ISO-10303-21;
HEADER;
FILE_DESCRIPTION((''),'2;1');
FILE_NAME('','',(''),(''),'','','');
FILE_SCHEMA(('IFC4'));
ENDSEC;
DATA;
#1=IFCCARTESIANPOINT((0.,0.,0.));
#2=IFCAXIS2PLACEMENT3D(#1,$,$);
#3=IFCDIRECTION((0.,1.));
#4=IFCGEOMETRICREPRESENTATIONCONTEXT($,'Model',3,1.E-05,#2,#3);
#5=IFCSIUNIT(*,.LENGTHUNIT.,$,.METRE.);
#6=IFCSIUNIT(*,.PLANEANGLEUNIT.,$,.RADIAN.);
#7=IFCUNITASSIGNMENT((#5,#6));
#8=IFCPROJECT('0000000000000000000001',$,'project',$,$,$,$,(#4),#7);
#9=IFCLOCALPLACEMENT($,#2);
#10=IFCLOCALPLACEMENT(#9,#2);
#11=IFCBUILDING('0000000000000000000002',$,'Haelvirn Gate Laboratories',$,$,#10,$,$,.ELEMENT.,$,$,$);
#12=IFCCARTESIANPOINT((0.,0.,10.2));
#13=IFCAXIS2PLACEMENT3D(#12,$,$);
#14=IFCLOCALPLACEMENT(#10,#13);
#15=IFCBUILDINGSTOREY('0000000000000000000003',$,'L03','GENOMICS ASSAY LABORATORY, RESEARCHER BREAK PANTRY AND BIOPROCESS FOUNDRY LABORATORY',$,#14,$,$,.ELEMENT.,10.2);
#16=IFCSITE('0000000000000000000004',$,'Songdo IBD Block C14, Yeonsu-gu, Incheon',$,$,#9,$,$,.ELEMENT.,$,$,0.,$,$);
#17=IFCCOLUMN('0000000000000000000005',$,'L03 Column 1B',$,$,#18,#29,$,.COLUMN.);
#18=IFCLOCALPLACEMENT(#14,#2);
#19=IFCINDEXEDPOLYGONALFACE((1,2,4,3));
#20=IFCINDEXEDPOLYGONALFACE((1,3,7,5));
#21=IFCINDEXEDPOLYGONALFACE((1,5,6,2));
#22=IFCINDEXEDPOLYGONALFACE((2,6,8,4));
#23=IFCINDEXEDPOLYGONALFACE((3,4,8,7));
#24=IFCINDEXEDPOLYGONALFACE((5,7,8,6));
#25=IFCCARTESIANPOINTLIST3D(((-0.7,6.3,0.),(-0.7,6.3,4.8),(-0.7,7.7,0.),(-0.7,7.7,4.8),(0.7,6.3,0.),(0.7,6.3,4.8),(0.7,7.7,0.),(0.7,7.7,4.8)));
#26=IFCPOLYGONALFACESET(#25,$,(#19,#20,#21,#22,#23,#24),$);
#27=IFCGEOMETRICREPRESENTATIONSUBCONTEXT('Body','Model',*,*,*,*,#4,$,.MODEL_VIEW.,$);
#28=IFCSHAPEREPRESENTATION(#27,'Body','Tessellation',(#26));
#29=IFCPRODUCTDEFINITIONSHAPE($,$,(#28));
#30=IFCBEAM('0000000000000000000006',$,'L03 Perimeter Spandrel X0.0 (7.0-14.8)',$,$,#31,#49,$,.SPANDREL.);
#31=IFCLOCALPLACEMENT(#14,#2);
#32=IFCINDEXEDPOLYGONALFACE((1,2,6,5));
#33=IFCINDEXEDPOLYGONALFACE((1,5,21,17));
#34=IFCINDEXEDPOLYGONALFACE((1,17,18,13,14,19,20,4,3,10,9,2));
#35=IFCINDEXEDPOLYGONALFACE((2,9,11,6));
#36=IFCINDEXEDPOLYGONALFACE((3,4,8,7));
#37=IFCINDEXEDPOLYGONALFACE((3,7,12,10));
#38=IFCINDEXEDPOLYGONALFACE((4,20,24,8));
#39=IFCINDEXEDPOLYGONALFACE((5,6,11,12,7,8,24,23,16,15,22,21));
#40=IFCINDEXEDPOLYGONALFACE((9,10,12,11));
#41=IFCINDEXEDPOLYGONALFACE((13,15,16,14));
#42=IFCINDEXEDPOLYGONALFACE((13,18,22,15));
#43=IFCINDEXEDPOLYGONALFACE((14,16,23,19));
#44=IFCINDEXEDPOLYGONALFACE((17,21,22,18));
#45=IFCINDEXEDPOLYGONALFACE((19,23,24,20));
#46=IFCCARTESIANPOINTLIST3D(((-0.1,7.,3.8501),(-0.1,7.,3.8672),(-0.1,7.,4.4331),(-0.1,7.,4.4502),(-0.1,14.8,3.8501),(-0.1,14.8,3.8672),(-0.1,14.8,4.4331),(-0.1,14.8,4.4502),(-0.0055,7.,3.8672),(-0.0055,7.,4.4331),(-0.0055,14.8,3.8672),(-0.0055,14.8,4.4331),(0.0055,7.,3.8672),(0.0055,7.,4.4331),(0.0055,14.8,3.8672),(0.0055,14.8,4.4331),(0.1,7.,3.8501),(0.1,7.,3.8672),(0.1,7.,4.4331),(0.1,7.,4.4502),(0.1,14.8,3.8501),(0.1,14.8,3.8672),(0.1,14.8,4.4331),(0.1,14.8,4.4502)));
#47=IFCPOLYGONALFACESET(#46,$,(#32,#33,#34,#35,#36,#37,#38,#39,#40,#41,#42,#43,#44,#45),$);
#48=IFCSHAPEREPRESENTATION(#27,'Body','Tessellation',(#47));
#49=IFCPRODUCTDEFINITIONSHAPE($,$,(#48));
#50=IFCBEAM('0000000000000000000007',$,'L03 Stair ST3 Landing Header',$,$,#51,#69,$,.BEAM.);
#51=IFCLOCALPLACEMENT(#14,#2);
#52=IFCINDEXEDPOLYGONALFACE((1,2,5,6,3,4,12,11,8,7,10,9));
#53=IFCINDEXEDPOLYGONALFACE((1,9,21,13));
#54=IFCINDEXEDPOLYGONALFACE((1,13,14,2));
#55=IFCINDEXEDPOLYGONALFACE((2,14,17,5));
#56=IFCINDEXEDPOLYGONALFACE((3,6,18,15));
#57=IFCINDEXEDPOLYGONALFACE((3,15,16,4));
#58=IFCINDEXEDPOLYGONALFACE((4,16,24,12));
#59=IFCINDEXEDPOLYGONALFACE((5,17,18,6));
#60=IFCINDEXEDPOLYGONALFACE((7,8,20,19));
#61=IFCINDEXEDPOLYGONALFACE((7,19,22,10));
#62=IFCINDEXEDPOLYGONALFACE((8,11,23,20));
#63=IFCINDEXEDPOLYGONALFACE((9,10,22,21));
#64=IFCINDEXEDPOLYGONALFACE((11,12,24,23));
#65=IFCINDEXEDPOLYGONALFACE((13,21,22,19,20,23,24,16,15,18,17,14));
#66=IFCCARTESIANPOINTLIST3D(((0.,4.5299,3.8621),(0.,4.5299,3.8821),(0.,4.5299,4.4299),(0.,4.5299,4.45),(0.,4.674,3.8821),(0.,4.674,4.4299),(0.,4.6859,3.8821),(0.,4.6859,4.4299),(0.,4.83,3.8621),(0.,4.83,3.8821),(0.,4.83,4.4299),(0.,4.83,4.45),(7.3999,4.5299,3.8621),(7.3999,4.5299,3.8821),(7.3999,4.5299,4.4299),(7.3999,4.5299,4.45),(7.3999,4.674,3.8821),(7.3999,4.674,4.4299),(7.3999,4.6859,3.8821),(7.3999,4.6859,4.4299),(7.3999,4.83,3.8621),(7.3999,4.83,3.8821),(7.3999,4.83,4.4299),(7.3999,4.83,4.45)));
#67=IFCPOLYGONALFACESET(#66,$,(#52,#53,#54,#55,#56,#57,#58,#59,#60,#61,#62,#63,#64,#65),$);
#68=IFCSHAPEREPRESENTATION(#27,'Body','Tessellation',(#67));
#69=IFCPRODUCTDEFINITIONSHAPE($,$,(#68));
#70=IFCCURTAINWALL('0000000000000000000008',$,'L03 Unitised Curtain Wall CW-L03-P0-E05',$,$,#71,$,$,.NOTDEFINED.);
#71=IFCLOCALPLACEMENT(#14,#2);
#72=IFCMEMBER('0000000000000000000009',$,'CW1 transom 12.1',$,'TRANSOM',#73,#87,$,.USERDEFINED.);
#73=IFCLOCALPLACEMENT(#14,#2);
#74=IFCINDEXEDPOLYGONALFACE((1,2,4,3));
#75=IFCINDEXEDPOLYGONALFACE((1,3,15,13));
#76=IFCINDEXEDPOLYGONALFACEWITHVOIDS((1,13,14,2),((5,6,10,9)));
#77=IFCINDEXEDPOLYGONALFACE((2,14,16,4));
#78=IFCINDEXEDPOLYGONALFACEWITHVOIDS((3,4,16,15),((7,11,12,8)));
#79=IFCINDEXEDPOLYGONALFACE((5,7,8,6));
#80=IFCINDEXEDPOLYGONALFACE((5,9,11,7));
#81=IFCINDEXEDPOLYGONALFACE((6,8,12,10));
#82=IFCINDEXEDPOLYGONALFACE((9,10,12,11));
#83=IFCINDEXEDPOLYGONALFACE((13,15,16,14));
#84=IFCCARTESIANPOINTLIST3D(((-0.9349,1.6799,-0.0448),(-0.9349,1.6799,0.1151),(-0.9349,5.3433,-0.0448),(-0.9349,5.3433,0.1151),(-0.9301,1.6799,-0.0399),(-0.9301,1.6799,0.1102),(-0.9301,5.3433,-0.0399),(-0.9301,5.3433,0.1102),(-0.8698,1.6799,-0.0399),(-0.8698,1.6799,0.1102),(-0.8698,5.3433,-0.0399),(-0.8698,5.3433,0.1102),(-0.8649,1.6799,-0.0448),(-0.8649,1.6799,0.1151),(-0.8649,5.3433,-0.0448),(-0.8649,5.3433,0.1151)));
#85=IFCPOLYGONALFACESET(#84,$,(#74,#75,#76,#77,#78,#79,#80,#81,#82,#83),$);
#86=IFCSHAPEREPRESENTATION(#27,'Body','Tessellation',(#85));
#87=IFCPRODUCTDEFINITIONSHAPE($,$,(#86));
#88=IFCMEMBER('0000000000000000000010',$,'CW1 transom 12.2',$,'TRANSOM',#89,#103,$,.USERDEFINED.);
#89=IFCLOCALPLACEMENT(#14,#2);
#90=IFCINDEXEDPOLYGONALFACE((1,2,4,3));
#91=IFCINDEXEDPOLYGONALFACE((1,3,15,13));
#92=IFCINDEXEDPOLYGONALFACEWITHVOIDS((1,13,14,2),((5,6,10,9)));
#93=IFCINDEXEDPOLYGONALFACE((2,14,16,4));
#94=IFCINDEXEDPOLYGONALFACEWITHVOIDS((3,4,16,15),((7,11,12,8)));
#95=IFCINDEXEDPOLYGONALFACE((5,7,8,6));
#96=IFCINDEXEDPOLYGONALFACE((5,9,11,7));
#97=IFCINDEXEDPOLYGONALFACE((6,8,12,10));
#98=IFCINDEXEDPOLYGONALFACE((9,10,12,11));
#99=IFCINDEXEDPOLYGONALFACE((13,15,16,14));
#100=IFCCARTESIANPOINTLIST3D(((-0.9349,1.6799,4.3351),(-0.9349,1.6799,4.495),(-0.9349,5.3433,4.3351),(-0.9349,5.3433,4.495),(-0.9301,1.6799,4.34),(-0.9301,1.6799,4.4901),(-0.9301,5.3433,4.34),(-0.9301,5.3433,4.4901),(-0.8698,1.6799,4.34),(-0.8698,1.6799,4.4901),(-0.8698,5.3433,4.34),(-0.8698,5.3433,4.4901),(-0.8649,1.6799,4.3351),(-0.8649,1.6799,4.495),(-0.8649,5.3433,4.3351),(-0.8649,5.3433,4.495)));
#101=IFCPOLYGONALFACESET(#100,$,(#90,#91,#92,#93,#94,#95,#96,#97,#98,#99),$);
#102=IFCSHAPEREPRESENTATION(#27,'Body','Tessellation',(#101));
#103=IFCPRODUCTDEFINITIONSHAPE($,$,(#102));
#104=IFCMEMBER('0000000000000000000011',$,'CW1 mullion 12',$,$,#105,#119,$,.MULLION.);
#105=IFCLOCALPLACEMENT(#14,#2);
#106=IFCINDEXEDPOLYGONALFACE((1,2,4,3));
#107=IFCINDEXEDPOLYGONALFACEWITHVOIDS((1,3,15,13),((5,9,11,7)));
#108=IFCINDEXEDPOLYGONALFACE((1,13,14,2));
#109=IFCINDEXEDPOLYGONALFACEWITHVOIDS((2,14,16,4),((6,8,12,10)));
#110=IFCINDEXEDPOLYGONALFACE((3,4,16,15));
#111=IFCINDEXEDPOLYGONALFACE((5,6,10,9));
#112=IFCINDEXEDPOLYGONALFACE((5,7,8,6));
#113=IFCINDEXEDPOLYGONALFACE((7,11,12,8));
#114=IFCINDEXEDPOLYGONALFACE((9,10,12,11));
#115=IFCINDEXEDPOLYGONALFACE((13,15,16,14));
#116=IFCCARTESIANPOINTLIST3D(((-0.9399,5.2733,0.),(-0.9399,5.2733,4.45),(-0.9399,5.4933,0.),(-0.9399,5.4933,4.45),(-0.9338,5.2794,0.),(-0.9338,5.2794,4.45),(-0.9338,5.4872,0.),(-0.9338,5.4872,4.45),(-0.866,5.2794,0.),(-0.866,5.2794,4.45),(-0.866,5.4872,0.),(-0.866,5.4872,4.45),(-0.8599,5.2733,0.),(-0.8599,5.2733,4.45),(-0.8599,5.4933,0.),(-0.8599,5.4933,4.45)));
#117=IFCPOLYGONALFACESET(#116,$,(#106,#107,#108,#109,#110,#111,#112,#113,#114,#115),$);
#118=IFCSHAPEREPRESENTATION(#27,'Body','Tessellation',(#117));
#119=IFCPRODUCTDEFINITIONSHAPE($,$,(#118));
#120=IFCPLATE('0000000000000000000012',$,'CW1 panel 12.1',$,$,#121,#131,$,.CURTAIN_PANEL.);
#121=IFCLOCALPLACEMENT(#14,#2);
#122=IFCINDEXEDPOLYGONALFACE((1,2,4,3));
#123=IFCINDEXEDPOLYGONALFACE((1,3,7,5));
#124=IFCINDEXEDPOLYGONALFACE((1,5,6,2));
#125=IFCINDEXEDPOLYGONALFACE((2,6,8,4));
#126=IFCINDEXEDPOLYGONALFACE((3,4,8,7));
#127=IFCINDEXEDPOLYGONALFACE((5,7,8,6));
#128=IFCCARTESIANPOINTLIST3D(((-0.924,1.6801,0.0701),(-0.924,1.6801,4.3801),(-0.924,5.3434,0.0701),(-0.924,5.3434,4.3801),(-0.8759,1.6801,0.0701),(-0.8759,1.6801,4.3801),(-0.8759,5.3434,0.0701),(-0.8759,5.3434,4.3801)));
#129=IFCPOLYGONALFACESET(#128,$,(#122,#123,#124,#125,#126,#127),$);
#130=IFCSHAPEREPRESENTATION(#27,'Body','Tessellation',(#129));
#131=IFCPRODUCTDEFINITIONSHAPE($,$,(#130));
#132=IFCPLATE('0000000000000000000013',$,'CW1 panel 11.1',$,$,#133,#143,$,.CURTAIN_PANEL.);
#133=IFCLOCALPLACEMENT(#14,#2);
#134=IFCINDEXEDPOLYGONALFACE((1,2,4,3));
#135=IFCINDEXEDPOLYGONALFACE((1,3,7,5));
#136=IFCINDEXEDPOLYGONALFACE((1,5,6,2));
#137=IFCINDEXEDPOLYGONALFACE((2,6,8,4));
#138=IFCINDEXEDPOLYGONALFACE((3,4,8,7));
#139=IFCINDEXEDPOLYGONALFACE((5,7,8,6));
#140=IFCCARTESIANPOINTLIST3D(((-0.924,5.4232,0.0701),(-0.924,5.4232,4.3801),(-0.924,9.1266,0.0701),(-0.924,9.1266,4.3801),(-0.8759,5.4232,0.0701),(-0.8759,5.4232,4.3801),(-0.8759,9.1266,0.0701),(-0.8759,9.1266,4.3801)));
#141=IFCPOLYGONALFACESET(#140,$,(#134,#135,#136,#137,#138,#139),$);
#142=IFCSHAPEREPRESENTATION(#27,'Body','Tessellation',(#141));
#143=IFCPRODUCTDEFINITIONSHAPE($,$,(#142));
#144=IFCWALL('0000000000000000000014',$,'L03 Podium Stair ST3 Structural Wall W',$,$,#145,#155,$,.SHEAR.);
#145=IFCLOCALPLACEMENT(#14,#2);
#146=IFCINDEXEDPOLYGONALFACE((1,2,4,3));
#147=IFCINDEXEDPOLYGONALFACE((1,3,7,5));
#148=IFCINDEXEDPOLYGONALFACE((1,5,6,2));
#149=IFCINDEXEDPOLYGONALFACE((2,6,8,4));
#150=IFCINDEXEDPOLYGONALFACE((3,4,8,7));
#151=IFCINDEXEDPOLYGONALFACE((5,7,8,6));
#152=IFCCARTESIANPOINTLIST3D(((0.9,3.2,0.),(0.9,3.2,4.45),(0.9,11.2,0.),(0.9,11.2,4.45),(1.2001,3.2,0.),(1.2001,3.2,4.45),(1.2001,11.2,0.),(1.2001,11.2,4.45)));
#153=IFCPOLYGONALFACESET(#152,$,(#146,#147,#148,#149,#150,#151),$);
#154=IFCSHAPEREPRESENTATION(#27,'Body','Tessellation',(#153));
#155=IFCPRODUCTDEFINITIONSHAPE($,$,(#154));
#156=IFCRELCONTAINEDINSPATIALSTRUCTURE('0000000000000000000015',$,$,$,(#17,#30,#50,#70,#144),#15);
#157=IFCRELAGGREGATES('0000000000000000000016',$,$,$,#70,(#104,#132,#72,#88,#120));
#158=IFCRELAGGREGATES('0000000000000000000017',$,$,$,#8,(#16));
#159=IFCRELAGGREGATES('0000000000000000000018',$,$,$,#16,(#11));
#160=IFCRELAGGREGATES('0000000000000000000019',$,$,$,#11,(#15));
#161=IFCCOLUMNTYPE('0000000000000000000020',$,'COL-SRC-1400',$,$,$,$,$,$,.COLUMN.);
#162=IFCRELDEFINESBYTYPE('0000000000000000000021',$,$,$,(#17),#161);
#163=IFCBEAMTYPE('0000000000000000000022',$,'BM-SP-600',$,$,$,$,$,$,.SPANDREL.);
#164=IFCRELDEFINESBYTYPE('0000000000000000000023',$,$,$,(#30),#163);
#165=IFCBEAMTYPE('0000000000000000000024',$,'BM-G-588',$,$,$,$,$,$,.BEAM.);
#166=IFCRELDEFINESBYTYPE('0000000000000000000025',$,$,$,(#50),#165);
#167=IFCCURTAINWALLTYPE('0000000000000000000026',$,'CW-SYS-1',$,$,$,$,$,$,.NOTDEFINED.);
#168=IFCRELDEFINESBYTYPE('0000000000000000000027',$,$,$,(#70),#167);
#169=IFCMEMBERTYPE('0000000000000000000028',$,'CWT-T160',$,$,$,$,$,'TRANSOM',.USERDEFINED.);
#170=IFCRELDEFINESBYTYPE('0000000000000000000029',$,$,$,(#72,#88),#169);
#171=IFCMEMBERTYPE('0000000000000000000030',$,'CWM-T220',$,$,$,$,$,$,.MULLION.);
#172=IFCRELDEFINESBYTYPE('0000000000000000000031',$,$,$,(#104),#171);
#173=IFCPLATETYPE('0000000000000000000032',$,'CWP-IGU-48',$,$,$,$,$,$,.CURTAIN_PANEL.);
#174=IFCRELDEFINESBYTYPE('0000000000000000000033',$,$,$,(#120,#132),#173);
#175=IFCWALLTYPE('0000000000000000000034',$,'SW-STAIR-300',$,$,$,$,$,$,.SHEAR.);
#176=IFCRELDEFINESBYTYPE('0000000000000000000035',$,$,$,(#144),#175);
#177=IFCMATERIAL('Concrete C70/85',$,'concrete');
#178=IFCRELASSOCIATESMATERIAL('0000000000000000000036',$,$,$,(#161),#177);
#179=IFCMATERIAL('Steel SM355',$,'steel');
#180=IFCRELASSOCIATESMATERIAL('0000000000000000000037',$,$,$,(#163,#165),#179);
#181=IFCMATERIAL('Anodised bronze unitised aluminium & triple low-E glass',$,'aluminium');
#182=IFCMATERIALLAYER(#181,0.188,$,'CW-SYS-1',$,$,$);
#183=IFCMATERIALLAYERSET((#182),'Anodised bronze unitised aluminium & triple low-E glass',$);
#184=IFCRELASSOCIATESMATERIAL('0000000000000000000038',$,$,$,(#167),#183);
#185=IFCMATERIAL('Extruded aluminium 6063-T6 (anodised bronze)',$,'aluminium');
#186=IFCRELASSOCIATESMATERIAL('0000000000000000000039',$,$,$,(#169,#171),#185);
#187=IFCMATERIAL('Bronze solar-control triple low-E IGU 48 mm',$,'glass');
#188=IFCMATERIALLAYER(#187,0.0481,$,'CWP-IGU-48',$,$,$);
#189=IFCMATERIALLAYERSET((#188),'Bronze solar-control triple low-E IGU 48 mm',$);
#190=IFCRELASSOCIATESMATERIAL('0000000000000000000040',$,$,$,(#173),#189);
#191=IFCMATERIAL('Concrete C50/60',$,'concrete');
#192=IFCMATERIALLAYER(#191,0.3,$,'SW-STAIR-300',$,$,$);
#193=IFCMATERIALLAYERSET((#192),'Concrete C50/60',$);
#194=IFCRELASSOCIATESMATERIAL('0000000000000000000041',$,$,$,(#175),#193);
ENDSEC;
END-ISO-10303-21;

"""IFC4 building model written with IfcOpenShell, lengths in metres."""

from ifc_helpers import new_model, si_unit, direction, frame, frame_2d, origin, origin_2d, place, context, subcontext, project, spatial, rectangle, hollow_rectangle, i_section, extrude, source, transform, mapped, material, layer, layer_set, material_profile, profile_set, type_object, type_shapes, element, aggregate, save


model = new_model("IFC4")

# Units and contexts
model_context = context("Model", 3, precision=1e-05, world=origin(), true_north=direction((0.0, 1.0)))
body_context = subcontext(model_context, "Body", "Model", "MODEL_VIEW")
ifc_project = project(units=[si_unit("LENGTHUNIT", "METRE"), si_unit("PLANEANGLEUNIT", "RADIAN")], contexts=[model_context])

# Site, building, storey
site_placement = place(None, origin())
site = spatial("IfcSite", under=ifc_project, at=site_placement, Name="Songdo IBD Block C14, Yeonsu-gu, Incheon", CompositionType="ELEMENT", RefElevation=0.0)
building_placement = place(site_placement, origin())
building = spatial("IfcBuilding", under=site, at=building_placement, Name="Haelvirn Gate Laboratories", CompositionType="ELEMENT")
storey_placement = place(building_placement, frame((0.0, 0.0, 10.2)))
storey = spatial("IfcBuildingStorey", under=building, at=storey_placement, Name="L03", Description="GENOMICS ASSAY LABORATORY, RESEARCHER BREAK PANTRY AND BIOPROCESS FOUNDRY LABORATORY", CompositionType="ELEMENT", Elevation=10.2)

# Column
ifc_material_1 = material(Name="Concrete C70/85", Category="concrete")
ifc_material_profile_1 = material_profile(ifc_material_1, rectangle(XDim=1.3999, YDim=1.3999, at=origin_2d()), Name="SRC-1400x1400")
ifc_profile_set_1 = profile_set([ifc_material_profile_1], Name="Concrete C70/85")
column_type = type_object("IfcColumnType", Name="COL-SRC-1400", PredefinedType="COLUMN", material=ifc_profile_set_1)
shared_shape_1 = source(origin(), body_context, "Body", "SweptSolid", [
    extrude(rectangle(XDim=1.3999, YDim=1.3999, at=origin_2d()), origin(), (0.0, 0.0, 1.0), 4.8),
])
type_shapes(column_type, [shared_shape_1])
column_placement = place(storey_placement, frame((0.0, 7.0, 0.0), z_axis=(0.0, 0.0, 1.0), x_axis=(1.0, 0.0, 0.0)))
element("IfcColumn", 1, at=column_placement, inside=storey, type_object=column_type, Name="L03 Column 1B", PredefinedType="COLUMN", context=body_context, shape_type="MappedRepresentation", body=[
    mapped(shared_shape_1, transform((0.0, 0.0, 0.0), scale=1.0)),
])

# Beams
ifc_material_2 = material(Name="Steel SM355", Category="steel")
ifc_material_profile_2 = material_profile(ifc_material_2, i_section(OverallWidth=0.2, OverallDepth=0.6001, WebThickness=0.011, FlangeThickness=0.0171, at=origin_2d()), Name="H-600x200x11x17")
ifc_profile_set_2 = profile_set([ifc_material_profile_2], Name="Steel SM355")
beam_type_1 = type_object("IfcBeamType", Name="BM-SP-600", PredefinedType="SPANDREL", material=ifc_profile_set_2)
shared_shape_2 = source(origin(), body_context, "Body", "SweptSolid", [
    extrude(i_section(OverallWidth=0.2, OverallDepth=0.6001, WebThickness=0.011, FlangeThickness=0.0171, at=origin_2d()), origin(), (0.0, 0.0, 1.0), 7.8),
])
type_shapes(beam_type_1, [shared_shape_2])
beam_1_placement = place(storey_placement, frame((0.0, 7.0, 4.1501), z_axis=(0.0, 1.0, 0.0), x_axis=(-1.0, 0.0, 0.0)))
element("IfcBeam", 2, at=beam_1_placement, inside=storey, type_object=beam_type_1, Name="L03 Perimeter Spandrel X0.0 (7.0-14.8)", PredefinedType="SPANDREL", context=body_context, shape_type="MappedRepresentation", body=[
    mapped(shared_shape_2, transform((0.0, 0.0, 0.0), scale=1.0)),
])
ifc_material_profile_3 = material_profile(ifc_material_2, i_section(OverallWidth=0.3, OverallDepth=0.5879, WebThickness=0.012, FlangeThickness=0.02, at=origin_2d()), Name="H-588x300x12x20")
ifc_profile_set_3 = profile_set([ifc_material_profile_3], Name="Steel SM355")
beam_type_2 = type_object("IfcBeamType", Name="BM-G-588", PredefinedType="BEAM", material=ifc_profile_set_3)
shared_shape_3 = source(origin(), body_context, "Body", "SweptSolid", [
    extrude(i_section(OverallWidth=0.3, OverallDepth=0.5879, WebThickness=0.012, FlangeThickness=0.02, at=origin_2d()), origin(), (0.0, 0.0, 1.0), 7.3999),
])
type_shapes(beam_type_2, [shared_shape_3])
beam_2_placement = place(storey_placement, frame((0.0, 4.6799, 4.156), z_axis=(1.0, 0.0, 0.0), x_axis=(0.0, 1.0, 0.0)))
element("IfcBeam", 3, at=beam_2_placement, inside=storey, type_object=beam_type_2, Name="L03 Stair ST3 Landing Header", PredefinedType="BEAM", context=body_context, shape_type="MappedRepresentation", body=[
    mapped(shared_shape_3, transform((0.0, 0.0, 0.0), scale=1.0)),
])

# Curtain wall, members, plates
ifc_material_3 = material(Name="Anodised bronze unitised aluminium & triple low-E glass", Category="aluminium")
ifc_layer_1 = layer(ifc_material_3, 0.188, Name="CW-SYS-1")
ifc_layer_set_1 = layer_set([ifc_layer_1], Name="Anodised bronze unitised aluminium & triple low-E glass")
curtain_wall_type = type_object("IfcCurtainWallType", Name="CW-SYS-1", PredefinedType="NOTDEFINED", material=ifc_layer_set_1)
curtain_wall_placement = place(storey_placement, origin())
curtain_wall = element("IfcCurtainWall", 4, at=curtain_wall_placement, inside=storey, type_object=curtain_wall_type, Name="L03 Unitised Curtain Wall CW-L03-P0-E05", PredefinedType="NOTDEFINED")
ifc_material_4 = material(Name="Extruded aluminium 6063-T6 (anodised bronze)", Category="aluminium")
ifc_material_profile_4 = material_profile(ifc_material_4, hollow_rectangle(XDim=0.0701, YDim=0.1599, WallThickness=0.0049, at=origin_2d()), Name="CWT-160x70x5")
ifc_profile_set_4 = profile_set([ifc_material_profile_4], Name="Extruded aluminium 6063-T6 (anodised bronze)")
member_type_1 = type_object("IfcMemberType", Name="CWT-T160", ElementType="TRANSOM", PredefinedType="USERDEFINED", material=ifc_profile_set_4)
shared_shape_4 = source(origin(), body_context, "Body", "SweptSolid", [
    extrude(hollow_rectangle(XDim=0.0701, YDim=0.1599, WallThickness=0.0049, at=origin_2d()), origin(), (0.0, 0.0, 1.0), 3.6633),
])
type_shapes(member_type_1, [shared_shape_4])
member_1_placement = place(storey_placement, frame((-0.8999, 5.3433, 0.0352), z_axis=(0.0, -1.0, 0.0), x_axis=(1.0, 0.0, 0.0)))
member_1 = element("IfcMember", 5, at=member_1_placement, type_object=member_type_1, Name="CW1 transom 12.1", ObjectType="TRANSOM", PredefinedType="USERDEFINED", context=body_context, shape_type="MappedRepresentation", body=[
    mapped(shared_shape_4, transform((0.0, 0.0, 0.0), scale=1.0)),
])
member_2_placement = place(storey_placement, frame((-0.8999, 5.3433, 4.415), z_axis=(0.0, -1.0, 0.0), x_axis=(1.0, 0.0, 0.0)))
member_2 = element("IfcMember", 6, at=member_2_placement, type_object=member_type_1, Name="CW1 transom 12.2", ObjectType="TRANSOM", PredefinedType="USERDEFINED", context=body_context, shape_type="MappedRepresentation", body=[
    mapped(shared_shape_4, transform((0.0, 0.0, 0.0), scale=1.0)),
])
ifc_material_profile_5 = material_profile(ifc_material_4, hollow_rectangle(XDim=0.0801, YDim=0.22, WallThickness=0.0061, at=origin_2d()), Name="CWM-220x80x6")
ifc_profile_set_5 = profile_set([ifc_material_profile_5], Name="Extruded aluminium 6063-T6 (anodised bronze)")
member_type_2 = type_object("IfcMemberType", Name="CWM-T220", PredefinedType="MULLION", material=ifc_profile_set_5)
shared_shape_5 = source(origin(), body_context, "Body", "SweptSolid", [
    extrude(hollow_rectangle(XDim=0.0801, YDim=0.22, WallThickness=0.0061, at=origin_2d()), origin(), (0.0, 0.0, 1.0), 4.45),
])
type_shapes(member_type_2, [shared_shape_5])
member_3_placement = place(storey_placement, frame((-0.8999, 5.3833, 0.0), z_axis=(0.0, 0.0, 1.0), x_axis=(1.0, 0.0, 0.0)))
member_3 = element("IfcMember", 7, at=member_3_placement, type_object=member_type_2, Name="CW1 mullion 12", PredefinedType="MULLION", context=body_context, shape_type="MappedRepresentation", body=[
    mapped(shared_shape_5, transform((0.0, 0.0, 0.0), scale=1.0)),
])
ifc_material_5 = material(Name="Bronze solar-control triple low-E IGU 48 mm", Category="glass")
ifc_layer_2 = layer(ifc_material_5, 0.0481, Name="CWP-IGU-48")
ifc_layer_set_2 = layer_set([ifc_layer_2], Name="Bronze solar-control triple low-E IGU 48 mm")
plate_type = type_object("IfcPlateType", Name="CWP-IGU-48", PredefinedType="CURTAIN_PANEL", material=ifc_layer_set_2)
shared_shape_6 = source(origin(), body_context, "Body", "SweptSolid", [
    extrude(rectangle(XDim=3.6633, YDim=0.0481, at=origin_2d()), origin(), (0.0, 0.0, 1.0), 4.3101),
])
plate_1_placement = place(storey_placement, frame((-0.8999, 3.5117, 0.0701), z_axis=(0.0, 0.0, 1.0), x_axis=(0.0, -1.0, 0.0)))
plate_1 = element("IfcPlate", 8, at=plate_1_placement, type_object=plate_type, Name="CW1 panel 12.1", PredefinedType="CURTAIN_PANEL", context=body_context, shape_type="MappedRepresentation", body=[
    mapped(shared_shape_6, transform((0.0, 0.0, 0.0), scale=1.0)),
])
shared_shape_7 = source(origin(), body_context, "Body", "SweptSolid", [
    extrude(rectangle(XDim=3.7034, YDim=0.0481, at=origin_2d()), origin(), (0.0, 0.0, 1.0), 4.3101),
])
type_shapes(plate_type, [shared_shape_6, shared_shape_7])
plate_2_placement = place(storey_placement, frame((-0.8999, 7.2749, 0.0701), z_axis=(0.0, 0.0, 1.0), x_axis=(0.0, -1.0, 0.0)))
plate_2 = element("IfcPlate", 9, at=plate_2_placement, type_object=plate_type, Name="CW1 panel 11.1", PredefinedType="CURTAIN_PANEL", context=body_context, shape_type="MappedRepresentation", body=[
    mapped(shared_shape_7, transform((0.0, 0.0, 0.0), scale=1.0)),
])
aggregate(curtain_wall, [member_3, plate_2, member_1, member_2, plate_1])

# Wall
ifc_material_6 = material(Name="Concrete C50/60", Category="concrete")
ifc_layer_3 = layer(ifc_material_6, 0.3, Name="SW-STAIR-300")
ifc_layer_set_3 = layer_set([ifc_layer_3], Name="Concrete C50/60")
wall_type = type_object("IfcWallType", Name="SW-STAIR-300", PredefinedType="SHEAR", material=ifc_layer_set_3)
wall_1_placement = place(storey_placement, frame((1.05, 3.2, 0.0), z_axis=(0.0, 0.0, 1.0), x_axis=(0.0, 1.0, 0.0)))
element("IfcWall", 10, at=wall_1_placement, inside=storey, type_object=wall_type, Name="L03 Podium Stair ST3 Structural Wall W", PredefinedType="SHEAR", context=body_context, shape_type="SweptSolid", body=[
    extrude(rectangle(XDim=8.0, YDim=0.3, at=frame_2d((4.0, 0.0))), origin(), (0.0, 0.0, 1.0), 4.45),
])

save(model, "model.ifc")
